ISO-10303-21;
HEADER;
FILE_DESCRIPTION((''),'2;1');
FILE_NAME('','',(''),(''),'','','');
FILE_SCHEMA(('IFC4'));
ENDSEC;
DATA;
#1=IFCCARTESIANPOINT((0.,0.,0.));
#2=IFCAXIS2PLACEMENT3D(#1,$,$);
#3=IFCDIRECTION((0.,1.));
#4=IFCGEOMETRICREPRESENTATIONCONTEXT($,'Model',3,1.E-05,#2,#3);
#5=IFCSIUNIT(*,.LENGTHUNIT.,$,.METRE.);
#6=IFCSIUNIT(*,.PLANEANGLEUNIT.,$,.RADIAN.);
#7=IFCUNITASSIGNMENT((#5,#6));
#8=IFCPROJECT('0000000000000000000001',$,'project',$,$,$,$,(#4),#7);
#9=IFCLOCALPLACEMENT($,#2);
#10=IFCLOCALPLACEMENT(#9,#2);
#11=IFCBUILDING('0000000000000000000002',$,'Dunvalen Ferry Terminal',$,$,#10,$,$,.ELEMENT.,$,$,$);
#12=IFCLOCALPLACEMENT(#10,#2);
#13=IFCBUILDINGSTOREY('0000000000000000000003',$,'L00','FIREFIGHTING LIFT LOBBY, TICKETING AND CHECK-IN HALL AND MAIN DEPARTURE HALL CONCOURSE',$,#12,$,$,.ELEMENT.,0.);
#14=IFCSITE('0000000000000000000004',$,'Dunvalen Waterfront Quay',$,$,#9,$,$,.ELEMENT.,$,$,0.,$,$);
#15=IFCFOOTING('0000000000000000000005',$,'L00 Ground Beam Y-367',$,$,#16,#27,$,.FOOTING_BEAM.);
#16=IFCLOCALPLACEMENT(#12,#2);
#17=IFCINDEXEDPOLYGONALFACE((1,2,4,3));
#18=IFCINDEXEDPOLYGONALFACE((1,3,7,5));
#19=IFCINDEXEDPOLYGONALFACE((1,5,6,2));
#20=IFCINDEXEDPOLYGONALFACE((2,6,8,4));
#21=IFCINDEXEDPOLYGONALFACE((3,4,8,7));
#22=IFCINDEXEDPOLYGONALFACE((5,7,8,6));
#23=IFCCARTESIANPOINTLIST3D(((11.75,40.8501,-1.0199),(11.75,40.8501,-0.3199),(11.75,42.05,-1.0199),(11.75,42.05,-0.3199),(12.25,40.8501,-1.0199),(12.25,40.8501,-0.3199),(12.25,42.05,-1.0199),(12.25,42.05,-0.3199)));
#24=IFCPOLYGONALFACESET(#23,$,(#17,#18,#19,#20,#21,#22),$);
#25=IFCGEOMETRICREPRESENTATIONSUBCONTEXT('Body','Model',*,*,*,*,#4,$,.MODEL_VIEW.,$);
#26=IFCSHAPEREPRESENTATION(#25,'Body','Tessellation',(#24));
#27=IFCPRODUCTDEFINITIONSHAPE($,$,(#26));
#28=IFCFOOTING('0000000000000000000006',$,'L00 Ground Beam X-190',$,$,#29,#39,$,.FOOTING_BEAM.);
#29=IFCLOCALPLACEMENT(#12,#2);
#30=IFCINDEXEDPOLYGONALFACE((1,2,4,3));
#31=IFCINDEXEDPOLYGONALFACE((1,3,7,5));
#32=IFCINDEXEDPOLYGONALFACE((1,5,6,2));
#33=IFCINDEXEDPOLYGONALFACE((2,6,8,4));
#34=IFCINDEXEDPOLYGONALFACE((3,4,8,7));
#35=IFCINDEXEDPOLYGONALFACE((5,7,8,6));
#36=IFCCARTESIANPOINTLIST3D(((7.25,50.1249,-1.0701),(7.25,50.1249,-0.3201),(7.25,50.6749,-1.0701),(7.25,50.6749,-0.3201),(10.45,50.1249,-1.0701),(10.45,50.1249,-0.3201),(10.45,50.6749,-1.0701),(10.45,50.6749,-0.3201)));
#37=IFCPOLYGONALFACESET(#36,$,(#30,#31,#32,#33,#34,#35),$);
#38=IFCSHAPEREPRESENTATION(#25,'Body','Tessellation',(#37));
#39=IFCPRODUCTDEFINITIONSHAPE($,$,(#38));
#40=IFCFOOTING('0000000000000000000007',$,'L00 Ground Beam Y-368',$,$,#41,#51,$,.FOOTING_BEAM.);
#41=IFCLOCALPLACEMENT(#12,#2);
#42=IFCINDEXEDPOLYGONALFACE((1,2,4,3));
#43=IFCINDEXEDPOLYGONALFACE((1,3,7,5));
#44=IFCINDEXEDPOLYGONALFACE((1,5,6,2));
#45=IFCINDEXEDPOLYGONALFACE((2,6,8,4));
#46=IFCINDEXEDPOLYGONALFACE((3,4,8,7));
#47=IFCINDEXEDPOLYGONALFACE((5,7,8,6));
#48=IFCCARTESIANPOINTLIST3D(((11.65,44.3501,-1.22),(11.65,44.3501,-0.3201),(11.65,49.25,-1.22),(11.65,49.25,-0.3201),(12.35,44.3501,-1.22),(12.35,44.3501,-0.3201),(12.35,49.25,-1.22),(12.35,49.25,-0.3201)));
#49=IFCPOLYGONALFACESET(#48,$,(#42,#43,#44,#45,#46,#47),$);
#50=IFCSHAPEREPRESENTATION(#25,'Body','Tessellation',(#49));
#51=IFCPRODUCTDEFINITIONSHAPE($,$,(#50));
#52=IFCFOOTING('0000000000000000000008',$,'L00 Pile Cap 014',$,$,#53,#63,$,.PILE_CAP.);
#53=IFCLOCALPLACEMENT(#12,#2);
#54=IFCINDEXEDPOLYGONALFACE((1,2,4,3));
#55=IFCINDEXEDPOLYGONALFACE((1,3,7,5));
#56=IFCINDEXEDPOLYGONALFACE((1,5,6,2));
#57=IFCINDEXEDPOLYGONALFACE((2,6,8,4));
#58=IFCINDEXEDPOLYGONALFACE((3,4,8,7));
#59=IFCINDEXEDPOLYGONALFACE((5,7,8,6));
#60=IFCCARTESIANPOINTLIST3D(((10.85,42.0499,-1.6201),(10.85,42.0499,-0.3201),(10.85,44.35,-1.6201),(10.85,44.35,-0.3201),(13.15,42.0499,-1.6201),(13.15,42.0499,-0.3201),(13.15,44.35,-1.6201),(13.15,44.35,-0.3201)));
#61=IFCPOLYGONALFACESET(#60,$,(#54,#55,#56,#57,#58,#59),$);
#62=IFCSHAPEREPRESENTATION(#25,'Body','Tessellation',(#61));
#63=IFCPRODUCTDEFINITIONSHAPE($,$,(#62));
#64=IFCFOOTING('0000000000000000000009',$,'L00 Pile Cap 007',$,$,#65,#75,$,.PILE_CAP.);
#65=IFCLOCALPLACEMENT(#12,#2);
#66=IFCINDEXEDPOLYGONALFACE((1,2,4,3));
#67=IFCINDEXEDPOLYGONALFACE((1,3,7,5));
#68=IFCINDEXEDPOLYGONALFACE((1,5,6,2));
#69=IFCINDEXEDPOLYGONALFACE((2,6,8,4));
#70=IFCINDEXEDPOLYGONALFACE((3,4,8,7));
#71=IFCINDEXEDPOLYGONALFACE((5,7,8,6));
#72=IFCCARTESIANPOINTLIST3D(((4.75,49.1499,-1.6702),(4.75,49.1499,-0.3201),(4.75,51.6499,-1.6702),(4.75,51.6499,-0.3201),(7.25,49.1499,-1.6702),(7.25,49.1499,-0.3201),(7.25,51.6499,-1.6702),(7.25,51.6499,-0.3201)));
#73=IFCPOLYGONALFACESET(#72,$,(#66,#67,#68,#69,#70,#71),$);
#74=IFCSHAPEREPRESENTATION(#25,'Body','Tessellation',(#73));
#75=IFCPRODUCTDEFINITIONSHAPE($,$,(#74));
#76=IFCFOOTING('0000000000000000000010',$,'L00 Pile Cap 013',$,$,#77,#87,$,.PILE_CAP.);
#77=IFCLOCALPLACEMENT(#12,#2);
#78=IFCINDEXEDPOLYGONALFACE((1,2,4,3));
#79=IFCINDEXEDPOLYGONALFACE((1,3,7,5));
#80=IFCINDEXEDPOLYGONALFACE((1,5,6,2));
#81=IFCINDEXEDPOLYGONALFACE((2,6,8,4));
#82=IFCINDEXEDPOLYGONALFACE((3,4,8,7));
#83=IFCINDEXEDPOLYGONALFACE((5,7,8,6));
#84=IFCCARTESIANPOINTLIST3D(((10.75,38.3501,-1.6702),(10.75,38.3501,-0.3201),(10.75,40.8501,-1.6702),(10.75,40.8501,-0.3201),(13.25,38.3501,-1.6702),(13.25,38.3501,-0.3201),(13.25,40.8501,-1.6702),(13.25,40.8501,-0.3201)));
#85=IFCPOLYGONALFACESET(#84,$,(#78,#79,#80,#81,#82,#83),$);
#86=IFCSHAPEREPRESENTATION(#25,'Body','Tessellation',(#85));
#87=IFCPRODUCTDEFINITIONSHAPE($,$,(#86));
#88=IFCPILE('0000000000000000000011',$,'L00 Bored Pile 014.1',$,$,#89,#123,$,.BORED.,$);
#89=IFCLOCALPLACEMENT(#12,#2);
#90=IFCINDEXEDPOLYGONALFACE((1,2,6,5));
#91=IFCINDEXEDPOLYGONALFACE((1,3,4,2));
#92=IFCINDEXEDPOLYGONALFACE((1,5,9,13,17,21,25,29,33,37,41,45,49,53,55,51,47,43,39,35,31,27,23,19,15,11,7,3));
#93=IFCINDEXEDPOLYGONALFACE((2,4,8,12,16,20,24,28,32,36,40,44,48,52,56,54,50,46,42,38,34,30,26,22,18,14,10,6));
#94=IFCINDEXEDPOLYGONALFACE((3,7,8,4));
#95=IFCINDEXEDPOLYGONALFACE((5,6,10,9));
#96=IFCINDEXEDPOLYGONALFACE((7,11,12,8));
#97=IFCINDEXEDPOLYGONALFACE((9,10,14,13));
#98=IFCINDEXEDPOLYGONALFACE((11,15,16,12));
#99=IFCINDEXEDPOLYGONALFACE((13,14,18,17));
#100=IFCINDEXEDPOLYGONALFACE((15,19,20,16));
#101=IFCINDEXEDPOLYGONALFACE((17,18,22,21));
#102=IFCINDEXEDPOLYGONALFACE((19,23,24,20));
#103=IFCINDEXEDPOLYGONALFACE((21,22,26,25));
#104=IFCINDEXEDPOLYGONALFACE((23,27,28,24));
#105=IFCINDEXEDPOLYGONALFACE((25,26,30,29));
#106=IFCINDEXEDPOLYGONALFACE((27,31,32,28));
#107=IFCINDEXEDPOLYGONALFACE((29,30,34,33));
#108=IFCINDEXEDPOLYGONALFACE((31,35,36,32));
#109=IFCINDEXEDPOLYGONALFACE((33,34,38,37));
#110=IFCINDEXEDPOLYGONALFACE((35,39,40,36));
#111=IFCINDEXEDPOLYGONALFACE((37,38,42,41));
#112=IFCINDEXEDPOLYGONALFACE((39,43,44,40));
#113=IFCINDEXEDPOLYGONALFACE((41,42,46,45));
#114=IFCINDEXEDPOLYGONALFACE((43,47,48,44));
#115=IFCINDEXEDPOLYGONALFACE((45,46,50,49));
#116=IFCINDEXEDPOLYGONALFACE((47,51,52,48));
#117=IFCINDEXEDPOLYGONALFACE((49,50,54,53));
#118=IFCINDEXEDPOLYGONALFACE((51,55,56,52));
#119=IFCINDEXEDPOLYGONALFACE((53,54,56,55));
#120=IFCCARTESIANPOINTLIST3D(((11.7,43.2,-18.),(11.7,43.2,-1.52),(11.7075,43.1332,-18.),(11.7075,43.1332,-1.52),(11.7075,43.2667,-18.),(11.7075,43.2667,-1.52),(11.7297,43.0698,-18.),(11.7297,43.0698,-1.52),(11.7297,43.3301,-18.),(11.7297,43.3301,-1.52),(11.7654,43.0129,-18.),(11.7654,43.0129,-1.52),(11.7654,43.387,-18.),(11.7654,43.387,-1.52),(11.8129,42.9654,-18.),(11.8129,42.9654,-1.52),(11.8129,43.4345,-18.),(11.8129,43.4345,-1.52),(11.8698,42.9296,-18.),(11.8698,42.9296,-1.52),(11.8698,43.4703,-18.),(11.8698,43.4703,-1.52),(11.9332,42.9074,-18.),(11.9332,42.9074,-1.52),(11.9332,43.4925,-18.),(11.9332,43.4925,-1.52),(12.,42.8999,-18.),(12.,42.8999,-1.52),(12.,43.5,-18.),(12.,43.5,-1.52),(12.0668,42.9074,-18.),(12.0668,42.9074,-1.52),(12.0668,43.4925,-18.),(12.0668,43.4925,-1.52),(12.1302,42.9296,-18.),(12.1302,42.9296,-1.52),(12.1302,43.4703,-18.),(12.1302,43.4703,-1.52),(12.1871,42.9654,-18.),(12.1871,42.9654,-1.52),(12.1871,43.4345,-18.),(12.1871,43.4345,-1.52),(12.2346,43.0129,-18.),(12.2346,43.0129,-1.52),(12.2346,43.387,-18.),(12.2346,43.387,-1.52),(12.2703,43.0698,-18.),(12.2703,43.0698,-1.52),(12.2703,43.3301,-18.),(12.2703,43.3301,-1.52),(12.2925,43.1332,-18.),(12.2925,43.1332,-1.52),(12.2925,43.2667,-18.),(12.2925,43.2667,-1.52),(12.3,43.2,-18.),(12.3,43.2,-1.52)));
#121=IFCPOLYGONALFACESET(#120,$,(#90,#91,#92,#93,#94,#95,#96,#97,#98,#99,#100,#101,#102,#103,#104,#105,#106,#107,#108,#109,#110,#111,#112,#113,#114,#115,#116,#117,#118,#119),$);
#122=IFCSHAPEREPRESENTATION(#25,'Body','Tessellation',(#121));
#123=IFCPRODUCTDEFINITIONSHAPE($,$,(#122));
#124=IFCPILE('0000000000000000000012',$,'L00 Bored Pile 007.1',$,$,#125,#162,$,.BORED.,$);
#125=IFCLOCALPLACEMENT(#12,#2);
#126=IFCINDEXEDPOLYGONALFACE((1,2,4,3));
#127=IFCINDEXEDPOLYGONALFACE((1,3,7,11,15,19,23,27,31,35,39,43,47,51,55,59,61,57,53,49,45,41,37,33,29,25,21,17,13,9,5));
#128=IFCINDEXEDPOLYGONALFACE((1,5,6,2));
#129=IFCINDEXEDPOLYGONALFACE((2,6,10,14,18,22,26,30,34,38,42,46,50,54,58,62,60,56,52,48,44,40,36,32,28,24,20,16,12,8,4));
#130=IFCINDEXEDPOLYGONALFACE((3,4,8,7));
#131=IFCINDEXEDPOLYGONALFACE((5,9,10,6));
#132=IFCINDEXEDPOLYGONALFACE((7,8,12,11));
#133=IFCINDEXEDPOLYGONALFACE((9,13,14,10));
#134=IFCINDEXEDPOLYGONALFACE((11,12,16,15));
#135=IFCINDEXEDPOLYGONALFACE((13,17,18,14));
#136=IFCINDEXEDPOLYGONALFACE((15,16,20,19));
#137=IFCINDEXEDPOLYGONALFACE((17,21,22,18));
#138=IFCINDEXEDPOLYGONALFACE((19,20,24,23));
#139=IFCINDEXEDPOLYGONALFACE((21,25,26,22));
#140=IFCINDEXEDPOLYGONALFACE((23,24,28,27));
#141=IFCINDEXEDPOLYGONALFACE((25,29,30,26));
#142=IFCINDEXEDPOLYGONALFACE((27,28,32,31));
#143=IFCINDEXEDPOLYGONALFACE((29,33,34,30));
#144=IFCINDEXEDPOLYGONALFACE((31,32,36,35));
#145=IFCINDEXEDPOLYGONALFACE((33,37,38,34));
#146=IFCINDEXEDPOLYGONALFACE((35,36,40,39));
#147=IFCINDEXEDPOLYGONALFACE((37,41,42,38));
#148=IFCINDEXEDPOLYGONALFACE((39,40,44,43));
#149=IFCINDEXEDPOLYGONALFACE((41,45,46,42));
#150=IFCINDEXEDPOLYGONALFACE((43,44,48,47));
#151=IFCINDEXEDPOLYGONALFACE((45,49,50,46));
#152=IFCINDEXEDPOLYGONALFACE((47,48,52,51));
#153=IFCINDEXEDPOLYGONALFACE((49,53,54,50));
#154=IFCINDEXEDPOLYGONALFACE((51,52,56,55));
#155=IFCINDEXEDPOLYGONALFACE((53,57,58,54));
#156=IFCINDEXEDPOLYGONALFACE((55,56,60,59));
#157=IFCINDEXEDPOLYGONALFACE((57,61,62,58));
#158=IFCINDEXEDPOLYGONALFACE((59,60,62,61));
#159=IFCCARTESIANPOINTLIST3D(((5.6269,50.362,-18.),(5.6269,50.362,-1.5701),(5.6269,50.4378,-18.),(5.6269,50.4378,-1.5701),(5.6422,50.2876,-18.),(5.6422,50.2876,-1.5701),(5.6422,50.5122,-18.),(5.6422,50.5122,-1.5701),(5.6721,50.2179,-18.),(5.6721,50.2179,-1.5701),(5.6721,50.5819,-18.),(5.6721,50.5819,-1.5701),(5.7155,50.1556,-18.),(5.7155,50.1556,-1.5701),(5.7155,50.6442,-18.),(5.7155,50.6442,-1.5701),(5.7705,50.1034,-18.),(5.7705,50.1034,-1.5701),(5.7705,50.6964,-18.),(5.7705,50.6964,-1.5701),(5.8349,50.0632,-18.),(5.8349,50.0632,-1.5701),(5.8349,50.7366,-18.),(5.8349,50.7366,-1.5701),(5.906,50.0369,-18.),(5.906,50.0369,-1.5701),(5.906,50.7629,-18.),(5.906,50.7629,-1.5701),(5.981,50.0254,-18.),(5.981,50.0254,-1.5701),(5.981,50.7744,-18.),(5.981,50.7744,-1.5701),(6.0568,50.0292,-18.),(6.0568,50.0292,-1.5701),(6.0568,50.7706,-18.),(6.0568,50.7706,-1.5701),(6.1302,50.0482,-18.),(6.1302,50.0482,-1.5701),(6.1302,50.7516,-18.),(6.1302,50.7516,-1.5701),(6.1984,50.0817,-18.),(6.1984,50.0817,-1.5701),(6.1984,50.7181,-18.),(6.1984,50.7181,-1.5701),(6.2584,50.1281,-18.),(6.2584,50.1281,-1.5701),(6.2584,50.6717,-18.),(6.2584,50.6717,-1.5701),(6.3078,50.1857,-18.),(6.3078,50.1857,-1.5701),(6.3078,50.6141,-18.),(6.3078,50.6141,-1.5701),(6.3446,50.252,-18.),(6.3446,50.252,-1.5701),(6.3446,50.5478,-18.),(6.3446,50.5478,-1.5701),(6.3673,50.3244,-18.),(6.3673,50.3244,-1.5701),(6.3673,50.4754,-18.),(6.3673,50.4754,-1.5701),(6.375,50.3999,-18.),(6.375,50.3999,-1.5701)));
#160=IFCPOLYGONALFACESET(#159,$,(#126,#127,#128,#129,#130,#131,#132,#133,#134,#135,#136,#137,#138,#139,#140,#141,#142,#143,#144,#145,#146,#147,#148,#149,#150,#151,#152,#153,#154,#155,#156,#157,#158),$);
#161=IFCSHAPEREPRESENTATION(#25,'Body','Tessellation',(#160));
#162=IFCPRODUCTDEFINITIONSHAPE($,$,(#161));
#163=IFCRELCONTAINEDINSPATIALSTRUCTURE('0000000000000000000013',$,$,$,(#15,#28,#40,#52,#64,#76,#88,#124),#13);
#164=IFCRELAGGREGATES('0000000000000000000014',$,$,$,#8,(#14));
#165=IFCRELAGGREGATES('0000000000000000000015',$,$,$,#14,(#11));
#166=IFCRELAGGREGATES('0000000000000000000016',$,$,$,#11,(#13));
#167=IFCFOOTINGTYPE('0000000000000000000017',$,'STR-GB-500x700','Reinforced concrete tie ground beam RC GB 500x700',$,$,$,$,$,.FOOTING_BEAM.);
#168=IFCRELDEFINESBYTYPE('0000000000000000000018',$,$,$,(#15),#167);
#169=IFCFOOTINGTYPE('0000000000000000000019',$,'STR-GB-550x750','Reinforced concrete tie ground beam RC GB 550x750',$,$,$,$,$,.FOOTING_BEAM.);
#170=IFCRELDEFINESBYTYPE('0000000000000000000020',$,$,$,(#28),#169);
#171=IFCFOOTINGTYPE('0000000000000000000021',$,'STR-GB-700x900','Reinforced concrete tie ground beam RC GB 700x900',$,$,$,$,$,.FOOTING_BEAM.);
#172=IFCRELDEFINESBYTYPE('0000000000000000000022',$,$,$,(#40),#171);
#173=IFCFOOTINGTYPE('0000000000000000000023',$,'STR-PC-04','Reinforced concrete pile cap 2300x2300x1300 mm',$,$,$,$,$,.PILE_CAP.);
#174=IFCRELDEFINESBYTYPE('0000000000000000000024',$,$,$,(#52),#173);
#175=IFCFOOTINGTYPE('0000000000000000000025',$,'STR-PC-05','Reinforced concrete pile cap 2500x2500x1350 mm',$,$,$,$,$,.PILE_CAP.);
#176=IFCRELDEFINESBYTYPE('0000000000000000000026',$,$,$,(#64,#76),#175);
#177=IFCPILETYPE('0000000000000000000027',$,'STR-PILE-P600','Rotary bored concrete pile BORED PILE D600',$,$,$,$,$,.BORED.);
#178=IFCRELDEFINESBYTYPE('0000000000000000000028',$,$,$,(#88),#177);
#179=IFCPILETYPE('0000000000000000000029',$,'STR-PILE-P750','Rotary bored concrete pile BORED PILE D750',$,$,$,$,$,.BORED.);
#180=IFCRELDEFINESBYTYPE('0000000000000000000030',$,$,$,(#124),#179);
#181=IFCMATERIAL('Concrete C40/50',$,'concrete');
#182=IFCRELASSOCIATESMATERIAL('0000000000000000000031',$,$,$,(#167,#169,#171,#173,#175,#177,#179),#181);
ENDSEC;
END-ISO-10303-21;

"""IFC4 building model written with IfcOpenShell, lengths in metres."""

from ifc_helpers import new_model, si_unit, direction, frame, origin, origin_2d, place, context, subcontext, project, spatial, rectangle, circle, extrude, material, material_profile, profile_set, type_object, element, save


model = new_model("IFC4")

# Units and contexts
model_context = context("Model", 3, precision=1e-05, world=origin(), true_north=direction((0.0, 1.0)))
body_context = subcontext(model_context, "Body", "Model", "MODEL_VIEW")
ifc_project = project(units=[si_unit("LENGTHUNIT", "METRE"), si_unit("PLANEANGLEUNIT", "RADIAN")], contexts=[model_context])

# Site, building, storey
site_placement = place(None, origin())
site = spatial("IfcSite", under=ifc_project, at=site_placement, Name="Dunvalen Waterfront Quay", CompositionType="ELEMENT", RefElevation=0.0)
building_placement = place(site_placement, origin())
building = spatial("IfcBuilding", under=site, at=building_placement, Name="Dunvalen Ferry Terminal", CompositionType="ELEMENT")
storey_placement = place(building_placement, origin())
storey = spatial("IfcBuildingStorey", under=building, at=storey_placement, Name="L00", Description="FIREFIGHTING LIFT LOBBY, TICKETING AND CHECK-IN HALL AND MAIN DEPARTURE HALL CONCOURSE", CompositionType="ELEMENT", Elevation=0.0)

# Footings
ifc_material_1 = material(Name="Concrete C40/50", Category="concrete")
ifc_material_profile_1 = material_profile(ifc_material_1, rectangle(XDim=0.5, YDim=0.7, at=origin_2d()), Name="Concrete C40/50")
ifc_profile_set_1 = profile_set([ifc_material_profile_1], Name="Concrete C40/50")
footing_type_1 = type_object("IfcFootingType", Name="STR-GB-500x700", Description="Reinforced concrete tie ground beam RC GB 500x700", PredefinedType="FOOTING_BEAM", material=ifc_profile_set_1)
footing_1_placement = place(storey_placement, frame((12.0, 40.8501, -0.6699), z_axis=(0.0, 1.0, 0.0), x_axis=(-1.0, 0.0, 0.0)))
element("IfcFooting", 1, at=footing_1_placement, inside=storey, type_object=footing_type_1, Name="L00 Ground Beam Y-367", PredefinedType="FOOTING_BEAM", context=body_context, shape_type="SweptSolid", body=[
    extrude(rectangle(XDim=0.5, YDim=0.7, at=origin_2d()), origin(), (0.0, 0.0, 1.0), 1.2),
])
ifc_material_profile_2 = material_profile(ifc_material_1, rectangle(XDim=0.55, YDim=0.75, at=origin_2d()), Name="Concrete C40/50")
ifc_profile_set_2 = profile_set([ifc_material_profile_2], Name="Concrete C40/50")
footing_type_2 = type_object("IfcFootingType", Name="STR-GB-550x750", Description="Reinforced concrete tie ground beam RC GB 550x750", PredefinedType="FOOTING_BEAM", material=ifc_profile_set_2)
footing_2_placement = place(storey_placement, frame((7.25, 50.3999, -0.6951), z_axis=(1.0, 0.0, 0.0), x_axis=(0.0, 1.0, 0.0)))
element("IfcFooting", 2, at=footing_2_placement, inside=storey, type_object=footing_type_2, Name="L00 Ground Beam X-190", PredefinedType="FOOTING_BEAM", context=body_context, shape_type="SweptSolid", body=[
    extrude(rectangle(XDim=0.55, YDim=0.75, at=origin_2d()), origin(), (0.0, 0.0, 1.0), 3.2),
])
ifc_material_profile_3 = material_profile(ifc_material_1, rectangle(XDim=0.7, YDim=0.8999, at=origin_2d()), Name="Concrete C40/50")
ifc_profile_set_3 = profile_set([ifc_material_profile_3], Name="Concrete C40/50")
footing_type_3 = type_object("IfcFootingType", Name="STR-GB-700x900", Description="Reinforced concrete tie ground beam RC GB 700x900", PredefinedType="FOOTING_BEAM", material=ifc_profile_set_3)
footing_3_placement = place(storey_placement, frame((12.0, 44.3501, -0.77), z_axis=(0.0, 1.0, 0.0), x_axis=(-1.0, 0.0, 0.0)))
element("IfcFooting", 3, at=footing_3_placement, inside=storey, type_object=footing_type_3, Name="L00 Ground Beam Y-368", PredefinedType="FOOTING_BEAM", context=body_context, shape_type="SweptSolid", body=[
    extrude(rectangle(XDim=0.7, YDim=0.8999, at=origin_2d()), origin(), (0.0, 0.0, 1.0), 4.8999),
])
footing_type_4 = type_object("IfcFootingType", Name="STR-PC-04", Description="Reinforced concrete pile cap 2300x2300x1300 mm", PredefinedType="PILE_CAP", material=ifc_material_1)
footing_4_placement = place(storey_placement, frame((12.0, 43.2, -1.6201), z_axis=(0.0, 0.0, 1.0), x_axis=(1.0, 0.0, 0.0)))
element("IfcFooting", 4, at=footing_4_placement, inside=storey, type_object=footing_type_4, Name="L00 Pile Cap 014", PredefinedType="PILE_CAP", context=body_context, shape_type="SweptSolid", body=[
    extrude(rectangle(XDim=2.3, YDim=2.3, at=origin_2d()), origin(), (0.0, 0.0, 1.0), 1.3),
])
footing_type_5 = type_object("IfcFootingType", Name="STR-PC-05", Description="Reinforced concrete pile cap 2500x2500x1350 mm", PredefinedType="PILE_CAP", material=ifc_material_1)
for number, where, z_axis, x_axis, name in (
    (5, (6.0, 50.3999, -1.6702), (0.0, 0.0, 1.0), (1.0, 0.0, 0.0), "L00 Pile Cap 007"),
    (6, (12.0, 39.6001, -1.6702), (0.0, 0.0, 1.0), (1.0, 0.0, 0.0), "L00 Pile Cap 013"),
):
    element("IfcFooting", number, at=place(storey_placement, frame(where, z_axis=z_axis, x_axis=x_axis)), inside=storey, type_object=footing_type_5, Name=name, PredefinedType="PILE_CAP", context=body_context, shape_type="SweptSolid", body=[
        extrude(rectangle(XDim=2.5, YDim=2.5, at=origin_2d()), origin(), (0.0, 0.0, 1.0), 1.3501),
    ])

# Piles
ifc_material_profile_4 = material_profile(ifc_material_1, circle(Radius=0.3, at=origin_2d()), Name="Concrete C40/50")
ifc_profile_set_4 = profile_set([ifc_material_profile_4], Name="Concrete C40/50")
pile_type_1 = type_object("IfcPileType", Name="STR-PILE-P600", Description="Rotary bored concrete pile BORED PILE D600", PredefinedType="BORED", material=ifc_profile_set_4)
pile_placement = place(storey_placement, frame((12.0, 43.2, -1.52), z_axis=(0.0, 0.0, -1.0), x_axis=(1.0, 0.0, 0.0)))
element("IfcPile", 7, at=pile_placement, inside=storey, type_object=pile_type_1, Name="L00 Bored Pile 014.1", PredefinedType="BORED", context=body_context, shape_type="SweptSolid", body=[
    extrude(circle(Radius=0.3, at=origin_2d()), origin(), (0.0, 0.0, 1.0), 16.48),
])
ifc_material_profile_5 = material_profile(ifc_material_1, circle(Radius=0.375, at=origin_2d()), Name="Concrete C40/50")
ifc_profile_set_5 = profile_set([ifc_material_profile_5], Name="Concrete C40/50")
pile_type_2 = type_object("IfcPileType", Name="STR-PILE-P750", Description="Rotary bored concrete pile BORED PILE D750", PredefinedType="BORED", material=ifc_profile_set_5)
for number, where, z_axis, x_axis, name in (
    (8, (6.0, 50.3999, -1.5701), (0.0, 0.0, -1.0), (1.0, 0.0, 0.0), "L00 Bored Pile 007.1"),
):
    element("IfcPile", number, at=place(storey_placement, frame(where, z_axis=z_axis, x_axis=x_axis)), inside=storey, type_object=pile_type_2, Name=name, PredefinedType="BORED", context=body_context, shape_type="SweptSolid", body=[
        extrude(circle(Radius=0.375, at=origin_2d()), origin(), (0.0, 0.0, 1.0), 16.4299),
    ])

save(model, "model.ifc")
